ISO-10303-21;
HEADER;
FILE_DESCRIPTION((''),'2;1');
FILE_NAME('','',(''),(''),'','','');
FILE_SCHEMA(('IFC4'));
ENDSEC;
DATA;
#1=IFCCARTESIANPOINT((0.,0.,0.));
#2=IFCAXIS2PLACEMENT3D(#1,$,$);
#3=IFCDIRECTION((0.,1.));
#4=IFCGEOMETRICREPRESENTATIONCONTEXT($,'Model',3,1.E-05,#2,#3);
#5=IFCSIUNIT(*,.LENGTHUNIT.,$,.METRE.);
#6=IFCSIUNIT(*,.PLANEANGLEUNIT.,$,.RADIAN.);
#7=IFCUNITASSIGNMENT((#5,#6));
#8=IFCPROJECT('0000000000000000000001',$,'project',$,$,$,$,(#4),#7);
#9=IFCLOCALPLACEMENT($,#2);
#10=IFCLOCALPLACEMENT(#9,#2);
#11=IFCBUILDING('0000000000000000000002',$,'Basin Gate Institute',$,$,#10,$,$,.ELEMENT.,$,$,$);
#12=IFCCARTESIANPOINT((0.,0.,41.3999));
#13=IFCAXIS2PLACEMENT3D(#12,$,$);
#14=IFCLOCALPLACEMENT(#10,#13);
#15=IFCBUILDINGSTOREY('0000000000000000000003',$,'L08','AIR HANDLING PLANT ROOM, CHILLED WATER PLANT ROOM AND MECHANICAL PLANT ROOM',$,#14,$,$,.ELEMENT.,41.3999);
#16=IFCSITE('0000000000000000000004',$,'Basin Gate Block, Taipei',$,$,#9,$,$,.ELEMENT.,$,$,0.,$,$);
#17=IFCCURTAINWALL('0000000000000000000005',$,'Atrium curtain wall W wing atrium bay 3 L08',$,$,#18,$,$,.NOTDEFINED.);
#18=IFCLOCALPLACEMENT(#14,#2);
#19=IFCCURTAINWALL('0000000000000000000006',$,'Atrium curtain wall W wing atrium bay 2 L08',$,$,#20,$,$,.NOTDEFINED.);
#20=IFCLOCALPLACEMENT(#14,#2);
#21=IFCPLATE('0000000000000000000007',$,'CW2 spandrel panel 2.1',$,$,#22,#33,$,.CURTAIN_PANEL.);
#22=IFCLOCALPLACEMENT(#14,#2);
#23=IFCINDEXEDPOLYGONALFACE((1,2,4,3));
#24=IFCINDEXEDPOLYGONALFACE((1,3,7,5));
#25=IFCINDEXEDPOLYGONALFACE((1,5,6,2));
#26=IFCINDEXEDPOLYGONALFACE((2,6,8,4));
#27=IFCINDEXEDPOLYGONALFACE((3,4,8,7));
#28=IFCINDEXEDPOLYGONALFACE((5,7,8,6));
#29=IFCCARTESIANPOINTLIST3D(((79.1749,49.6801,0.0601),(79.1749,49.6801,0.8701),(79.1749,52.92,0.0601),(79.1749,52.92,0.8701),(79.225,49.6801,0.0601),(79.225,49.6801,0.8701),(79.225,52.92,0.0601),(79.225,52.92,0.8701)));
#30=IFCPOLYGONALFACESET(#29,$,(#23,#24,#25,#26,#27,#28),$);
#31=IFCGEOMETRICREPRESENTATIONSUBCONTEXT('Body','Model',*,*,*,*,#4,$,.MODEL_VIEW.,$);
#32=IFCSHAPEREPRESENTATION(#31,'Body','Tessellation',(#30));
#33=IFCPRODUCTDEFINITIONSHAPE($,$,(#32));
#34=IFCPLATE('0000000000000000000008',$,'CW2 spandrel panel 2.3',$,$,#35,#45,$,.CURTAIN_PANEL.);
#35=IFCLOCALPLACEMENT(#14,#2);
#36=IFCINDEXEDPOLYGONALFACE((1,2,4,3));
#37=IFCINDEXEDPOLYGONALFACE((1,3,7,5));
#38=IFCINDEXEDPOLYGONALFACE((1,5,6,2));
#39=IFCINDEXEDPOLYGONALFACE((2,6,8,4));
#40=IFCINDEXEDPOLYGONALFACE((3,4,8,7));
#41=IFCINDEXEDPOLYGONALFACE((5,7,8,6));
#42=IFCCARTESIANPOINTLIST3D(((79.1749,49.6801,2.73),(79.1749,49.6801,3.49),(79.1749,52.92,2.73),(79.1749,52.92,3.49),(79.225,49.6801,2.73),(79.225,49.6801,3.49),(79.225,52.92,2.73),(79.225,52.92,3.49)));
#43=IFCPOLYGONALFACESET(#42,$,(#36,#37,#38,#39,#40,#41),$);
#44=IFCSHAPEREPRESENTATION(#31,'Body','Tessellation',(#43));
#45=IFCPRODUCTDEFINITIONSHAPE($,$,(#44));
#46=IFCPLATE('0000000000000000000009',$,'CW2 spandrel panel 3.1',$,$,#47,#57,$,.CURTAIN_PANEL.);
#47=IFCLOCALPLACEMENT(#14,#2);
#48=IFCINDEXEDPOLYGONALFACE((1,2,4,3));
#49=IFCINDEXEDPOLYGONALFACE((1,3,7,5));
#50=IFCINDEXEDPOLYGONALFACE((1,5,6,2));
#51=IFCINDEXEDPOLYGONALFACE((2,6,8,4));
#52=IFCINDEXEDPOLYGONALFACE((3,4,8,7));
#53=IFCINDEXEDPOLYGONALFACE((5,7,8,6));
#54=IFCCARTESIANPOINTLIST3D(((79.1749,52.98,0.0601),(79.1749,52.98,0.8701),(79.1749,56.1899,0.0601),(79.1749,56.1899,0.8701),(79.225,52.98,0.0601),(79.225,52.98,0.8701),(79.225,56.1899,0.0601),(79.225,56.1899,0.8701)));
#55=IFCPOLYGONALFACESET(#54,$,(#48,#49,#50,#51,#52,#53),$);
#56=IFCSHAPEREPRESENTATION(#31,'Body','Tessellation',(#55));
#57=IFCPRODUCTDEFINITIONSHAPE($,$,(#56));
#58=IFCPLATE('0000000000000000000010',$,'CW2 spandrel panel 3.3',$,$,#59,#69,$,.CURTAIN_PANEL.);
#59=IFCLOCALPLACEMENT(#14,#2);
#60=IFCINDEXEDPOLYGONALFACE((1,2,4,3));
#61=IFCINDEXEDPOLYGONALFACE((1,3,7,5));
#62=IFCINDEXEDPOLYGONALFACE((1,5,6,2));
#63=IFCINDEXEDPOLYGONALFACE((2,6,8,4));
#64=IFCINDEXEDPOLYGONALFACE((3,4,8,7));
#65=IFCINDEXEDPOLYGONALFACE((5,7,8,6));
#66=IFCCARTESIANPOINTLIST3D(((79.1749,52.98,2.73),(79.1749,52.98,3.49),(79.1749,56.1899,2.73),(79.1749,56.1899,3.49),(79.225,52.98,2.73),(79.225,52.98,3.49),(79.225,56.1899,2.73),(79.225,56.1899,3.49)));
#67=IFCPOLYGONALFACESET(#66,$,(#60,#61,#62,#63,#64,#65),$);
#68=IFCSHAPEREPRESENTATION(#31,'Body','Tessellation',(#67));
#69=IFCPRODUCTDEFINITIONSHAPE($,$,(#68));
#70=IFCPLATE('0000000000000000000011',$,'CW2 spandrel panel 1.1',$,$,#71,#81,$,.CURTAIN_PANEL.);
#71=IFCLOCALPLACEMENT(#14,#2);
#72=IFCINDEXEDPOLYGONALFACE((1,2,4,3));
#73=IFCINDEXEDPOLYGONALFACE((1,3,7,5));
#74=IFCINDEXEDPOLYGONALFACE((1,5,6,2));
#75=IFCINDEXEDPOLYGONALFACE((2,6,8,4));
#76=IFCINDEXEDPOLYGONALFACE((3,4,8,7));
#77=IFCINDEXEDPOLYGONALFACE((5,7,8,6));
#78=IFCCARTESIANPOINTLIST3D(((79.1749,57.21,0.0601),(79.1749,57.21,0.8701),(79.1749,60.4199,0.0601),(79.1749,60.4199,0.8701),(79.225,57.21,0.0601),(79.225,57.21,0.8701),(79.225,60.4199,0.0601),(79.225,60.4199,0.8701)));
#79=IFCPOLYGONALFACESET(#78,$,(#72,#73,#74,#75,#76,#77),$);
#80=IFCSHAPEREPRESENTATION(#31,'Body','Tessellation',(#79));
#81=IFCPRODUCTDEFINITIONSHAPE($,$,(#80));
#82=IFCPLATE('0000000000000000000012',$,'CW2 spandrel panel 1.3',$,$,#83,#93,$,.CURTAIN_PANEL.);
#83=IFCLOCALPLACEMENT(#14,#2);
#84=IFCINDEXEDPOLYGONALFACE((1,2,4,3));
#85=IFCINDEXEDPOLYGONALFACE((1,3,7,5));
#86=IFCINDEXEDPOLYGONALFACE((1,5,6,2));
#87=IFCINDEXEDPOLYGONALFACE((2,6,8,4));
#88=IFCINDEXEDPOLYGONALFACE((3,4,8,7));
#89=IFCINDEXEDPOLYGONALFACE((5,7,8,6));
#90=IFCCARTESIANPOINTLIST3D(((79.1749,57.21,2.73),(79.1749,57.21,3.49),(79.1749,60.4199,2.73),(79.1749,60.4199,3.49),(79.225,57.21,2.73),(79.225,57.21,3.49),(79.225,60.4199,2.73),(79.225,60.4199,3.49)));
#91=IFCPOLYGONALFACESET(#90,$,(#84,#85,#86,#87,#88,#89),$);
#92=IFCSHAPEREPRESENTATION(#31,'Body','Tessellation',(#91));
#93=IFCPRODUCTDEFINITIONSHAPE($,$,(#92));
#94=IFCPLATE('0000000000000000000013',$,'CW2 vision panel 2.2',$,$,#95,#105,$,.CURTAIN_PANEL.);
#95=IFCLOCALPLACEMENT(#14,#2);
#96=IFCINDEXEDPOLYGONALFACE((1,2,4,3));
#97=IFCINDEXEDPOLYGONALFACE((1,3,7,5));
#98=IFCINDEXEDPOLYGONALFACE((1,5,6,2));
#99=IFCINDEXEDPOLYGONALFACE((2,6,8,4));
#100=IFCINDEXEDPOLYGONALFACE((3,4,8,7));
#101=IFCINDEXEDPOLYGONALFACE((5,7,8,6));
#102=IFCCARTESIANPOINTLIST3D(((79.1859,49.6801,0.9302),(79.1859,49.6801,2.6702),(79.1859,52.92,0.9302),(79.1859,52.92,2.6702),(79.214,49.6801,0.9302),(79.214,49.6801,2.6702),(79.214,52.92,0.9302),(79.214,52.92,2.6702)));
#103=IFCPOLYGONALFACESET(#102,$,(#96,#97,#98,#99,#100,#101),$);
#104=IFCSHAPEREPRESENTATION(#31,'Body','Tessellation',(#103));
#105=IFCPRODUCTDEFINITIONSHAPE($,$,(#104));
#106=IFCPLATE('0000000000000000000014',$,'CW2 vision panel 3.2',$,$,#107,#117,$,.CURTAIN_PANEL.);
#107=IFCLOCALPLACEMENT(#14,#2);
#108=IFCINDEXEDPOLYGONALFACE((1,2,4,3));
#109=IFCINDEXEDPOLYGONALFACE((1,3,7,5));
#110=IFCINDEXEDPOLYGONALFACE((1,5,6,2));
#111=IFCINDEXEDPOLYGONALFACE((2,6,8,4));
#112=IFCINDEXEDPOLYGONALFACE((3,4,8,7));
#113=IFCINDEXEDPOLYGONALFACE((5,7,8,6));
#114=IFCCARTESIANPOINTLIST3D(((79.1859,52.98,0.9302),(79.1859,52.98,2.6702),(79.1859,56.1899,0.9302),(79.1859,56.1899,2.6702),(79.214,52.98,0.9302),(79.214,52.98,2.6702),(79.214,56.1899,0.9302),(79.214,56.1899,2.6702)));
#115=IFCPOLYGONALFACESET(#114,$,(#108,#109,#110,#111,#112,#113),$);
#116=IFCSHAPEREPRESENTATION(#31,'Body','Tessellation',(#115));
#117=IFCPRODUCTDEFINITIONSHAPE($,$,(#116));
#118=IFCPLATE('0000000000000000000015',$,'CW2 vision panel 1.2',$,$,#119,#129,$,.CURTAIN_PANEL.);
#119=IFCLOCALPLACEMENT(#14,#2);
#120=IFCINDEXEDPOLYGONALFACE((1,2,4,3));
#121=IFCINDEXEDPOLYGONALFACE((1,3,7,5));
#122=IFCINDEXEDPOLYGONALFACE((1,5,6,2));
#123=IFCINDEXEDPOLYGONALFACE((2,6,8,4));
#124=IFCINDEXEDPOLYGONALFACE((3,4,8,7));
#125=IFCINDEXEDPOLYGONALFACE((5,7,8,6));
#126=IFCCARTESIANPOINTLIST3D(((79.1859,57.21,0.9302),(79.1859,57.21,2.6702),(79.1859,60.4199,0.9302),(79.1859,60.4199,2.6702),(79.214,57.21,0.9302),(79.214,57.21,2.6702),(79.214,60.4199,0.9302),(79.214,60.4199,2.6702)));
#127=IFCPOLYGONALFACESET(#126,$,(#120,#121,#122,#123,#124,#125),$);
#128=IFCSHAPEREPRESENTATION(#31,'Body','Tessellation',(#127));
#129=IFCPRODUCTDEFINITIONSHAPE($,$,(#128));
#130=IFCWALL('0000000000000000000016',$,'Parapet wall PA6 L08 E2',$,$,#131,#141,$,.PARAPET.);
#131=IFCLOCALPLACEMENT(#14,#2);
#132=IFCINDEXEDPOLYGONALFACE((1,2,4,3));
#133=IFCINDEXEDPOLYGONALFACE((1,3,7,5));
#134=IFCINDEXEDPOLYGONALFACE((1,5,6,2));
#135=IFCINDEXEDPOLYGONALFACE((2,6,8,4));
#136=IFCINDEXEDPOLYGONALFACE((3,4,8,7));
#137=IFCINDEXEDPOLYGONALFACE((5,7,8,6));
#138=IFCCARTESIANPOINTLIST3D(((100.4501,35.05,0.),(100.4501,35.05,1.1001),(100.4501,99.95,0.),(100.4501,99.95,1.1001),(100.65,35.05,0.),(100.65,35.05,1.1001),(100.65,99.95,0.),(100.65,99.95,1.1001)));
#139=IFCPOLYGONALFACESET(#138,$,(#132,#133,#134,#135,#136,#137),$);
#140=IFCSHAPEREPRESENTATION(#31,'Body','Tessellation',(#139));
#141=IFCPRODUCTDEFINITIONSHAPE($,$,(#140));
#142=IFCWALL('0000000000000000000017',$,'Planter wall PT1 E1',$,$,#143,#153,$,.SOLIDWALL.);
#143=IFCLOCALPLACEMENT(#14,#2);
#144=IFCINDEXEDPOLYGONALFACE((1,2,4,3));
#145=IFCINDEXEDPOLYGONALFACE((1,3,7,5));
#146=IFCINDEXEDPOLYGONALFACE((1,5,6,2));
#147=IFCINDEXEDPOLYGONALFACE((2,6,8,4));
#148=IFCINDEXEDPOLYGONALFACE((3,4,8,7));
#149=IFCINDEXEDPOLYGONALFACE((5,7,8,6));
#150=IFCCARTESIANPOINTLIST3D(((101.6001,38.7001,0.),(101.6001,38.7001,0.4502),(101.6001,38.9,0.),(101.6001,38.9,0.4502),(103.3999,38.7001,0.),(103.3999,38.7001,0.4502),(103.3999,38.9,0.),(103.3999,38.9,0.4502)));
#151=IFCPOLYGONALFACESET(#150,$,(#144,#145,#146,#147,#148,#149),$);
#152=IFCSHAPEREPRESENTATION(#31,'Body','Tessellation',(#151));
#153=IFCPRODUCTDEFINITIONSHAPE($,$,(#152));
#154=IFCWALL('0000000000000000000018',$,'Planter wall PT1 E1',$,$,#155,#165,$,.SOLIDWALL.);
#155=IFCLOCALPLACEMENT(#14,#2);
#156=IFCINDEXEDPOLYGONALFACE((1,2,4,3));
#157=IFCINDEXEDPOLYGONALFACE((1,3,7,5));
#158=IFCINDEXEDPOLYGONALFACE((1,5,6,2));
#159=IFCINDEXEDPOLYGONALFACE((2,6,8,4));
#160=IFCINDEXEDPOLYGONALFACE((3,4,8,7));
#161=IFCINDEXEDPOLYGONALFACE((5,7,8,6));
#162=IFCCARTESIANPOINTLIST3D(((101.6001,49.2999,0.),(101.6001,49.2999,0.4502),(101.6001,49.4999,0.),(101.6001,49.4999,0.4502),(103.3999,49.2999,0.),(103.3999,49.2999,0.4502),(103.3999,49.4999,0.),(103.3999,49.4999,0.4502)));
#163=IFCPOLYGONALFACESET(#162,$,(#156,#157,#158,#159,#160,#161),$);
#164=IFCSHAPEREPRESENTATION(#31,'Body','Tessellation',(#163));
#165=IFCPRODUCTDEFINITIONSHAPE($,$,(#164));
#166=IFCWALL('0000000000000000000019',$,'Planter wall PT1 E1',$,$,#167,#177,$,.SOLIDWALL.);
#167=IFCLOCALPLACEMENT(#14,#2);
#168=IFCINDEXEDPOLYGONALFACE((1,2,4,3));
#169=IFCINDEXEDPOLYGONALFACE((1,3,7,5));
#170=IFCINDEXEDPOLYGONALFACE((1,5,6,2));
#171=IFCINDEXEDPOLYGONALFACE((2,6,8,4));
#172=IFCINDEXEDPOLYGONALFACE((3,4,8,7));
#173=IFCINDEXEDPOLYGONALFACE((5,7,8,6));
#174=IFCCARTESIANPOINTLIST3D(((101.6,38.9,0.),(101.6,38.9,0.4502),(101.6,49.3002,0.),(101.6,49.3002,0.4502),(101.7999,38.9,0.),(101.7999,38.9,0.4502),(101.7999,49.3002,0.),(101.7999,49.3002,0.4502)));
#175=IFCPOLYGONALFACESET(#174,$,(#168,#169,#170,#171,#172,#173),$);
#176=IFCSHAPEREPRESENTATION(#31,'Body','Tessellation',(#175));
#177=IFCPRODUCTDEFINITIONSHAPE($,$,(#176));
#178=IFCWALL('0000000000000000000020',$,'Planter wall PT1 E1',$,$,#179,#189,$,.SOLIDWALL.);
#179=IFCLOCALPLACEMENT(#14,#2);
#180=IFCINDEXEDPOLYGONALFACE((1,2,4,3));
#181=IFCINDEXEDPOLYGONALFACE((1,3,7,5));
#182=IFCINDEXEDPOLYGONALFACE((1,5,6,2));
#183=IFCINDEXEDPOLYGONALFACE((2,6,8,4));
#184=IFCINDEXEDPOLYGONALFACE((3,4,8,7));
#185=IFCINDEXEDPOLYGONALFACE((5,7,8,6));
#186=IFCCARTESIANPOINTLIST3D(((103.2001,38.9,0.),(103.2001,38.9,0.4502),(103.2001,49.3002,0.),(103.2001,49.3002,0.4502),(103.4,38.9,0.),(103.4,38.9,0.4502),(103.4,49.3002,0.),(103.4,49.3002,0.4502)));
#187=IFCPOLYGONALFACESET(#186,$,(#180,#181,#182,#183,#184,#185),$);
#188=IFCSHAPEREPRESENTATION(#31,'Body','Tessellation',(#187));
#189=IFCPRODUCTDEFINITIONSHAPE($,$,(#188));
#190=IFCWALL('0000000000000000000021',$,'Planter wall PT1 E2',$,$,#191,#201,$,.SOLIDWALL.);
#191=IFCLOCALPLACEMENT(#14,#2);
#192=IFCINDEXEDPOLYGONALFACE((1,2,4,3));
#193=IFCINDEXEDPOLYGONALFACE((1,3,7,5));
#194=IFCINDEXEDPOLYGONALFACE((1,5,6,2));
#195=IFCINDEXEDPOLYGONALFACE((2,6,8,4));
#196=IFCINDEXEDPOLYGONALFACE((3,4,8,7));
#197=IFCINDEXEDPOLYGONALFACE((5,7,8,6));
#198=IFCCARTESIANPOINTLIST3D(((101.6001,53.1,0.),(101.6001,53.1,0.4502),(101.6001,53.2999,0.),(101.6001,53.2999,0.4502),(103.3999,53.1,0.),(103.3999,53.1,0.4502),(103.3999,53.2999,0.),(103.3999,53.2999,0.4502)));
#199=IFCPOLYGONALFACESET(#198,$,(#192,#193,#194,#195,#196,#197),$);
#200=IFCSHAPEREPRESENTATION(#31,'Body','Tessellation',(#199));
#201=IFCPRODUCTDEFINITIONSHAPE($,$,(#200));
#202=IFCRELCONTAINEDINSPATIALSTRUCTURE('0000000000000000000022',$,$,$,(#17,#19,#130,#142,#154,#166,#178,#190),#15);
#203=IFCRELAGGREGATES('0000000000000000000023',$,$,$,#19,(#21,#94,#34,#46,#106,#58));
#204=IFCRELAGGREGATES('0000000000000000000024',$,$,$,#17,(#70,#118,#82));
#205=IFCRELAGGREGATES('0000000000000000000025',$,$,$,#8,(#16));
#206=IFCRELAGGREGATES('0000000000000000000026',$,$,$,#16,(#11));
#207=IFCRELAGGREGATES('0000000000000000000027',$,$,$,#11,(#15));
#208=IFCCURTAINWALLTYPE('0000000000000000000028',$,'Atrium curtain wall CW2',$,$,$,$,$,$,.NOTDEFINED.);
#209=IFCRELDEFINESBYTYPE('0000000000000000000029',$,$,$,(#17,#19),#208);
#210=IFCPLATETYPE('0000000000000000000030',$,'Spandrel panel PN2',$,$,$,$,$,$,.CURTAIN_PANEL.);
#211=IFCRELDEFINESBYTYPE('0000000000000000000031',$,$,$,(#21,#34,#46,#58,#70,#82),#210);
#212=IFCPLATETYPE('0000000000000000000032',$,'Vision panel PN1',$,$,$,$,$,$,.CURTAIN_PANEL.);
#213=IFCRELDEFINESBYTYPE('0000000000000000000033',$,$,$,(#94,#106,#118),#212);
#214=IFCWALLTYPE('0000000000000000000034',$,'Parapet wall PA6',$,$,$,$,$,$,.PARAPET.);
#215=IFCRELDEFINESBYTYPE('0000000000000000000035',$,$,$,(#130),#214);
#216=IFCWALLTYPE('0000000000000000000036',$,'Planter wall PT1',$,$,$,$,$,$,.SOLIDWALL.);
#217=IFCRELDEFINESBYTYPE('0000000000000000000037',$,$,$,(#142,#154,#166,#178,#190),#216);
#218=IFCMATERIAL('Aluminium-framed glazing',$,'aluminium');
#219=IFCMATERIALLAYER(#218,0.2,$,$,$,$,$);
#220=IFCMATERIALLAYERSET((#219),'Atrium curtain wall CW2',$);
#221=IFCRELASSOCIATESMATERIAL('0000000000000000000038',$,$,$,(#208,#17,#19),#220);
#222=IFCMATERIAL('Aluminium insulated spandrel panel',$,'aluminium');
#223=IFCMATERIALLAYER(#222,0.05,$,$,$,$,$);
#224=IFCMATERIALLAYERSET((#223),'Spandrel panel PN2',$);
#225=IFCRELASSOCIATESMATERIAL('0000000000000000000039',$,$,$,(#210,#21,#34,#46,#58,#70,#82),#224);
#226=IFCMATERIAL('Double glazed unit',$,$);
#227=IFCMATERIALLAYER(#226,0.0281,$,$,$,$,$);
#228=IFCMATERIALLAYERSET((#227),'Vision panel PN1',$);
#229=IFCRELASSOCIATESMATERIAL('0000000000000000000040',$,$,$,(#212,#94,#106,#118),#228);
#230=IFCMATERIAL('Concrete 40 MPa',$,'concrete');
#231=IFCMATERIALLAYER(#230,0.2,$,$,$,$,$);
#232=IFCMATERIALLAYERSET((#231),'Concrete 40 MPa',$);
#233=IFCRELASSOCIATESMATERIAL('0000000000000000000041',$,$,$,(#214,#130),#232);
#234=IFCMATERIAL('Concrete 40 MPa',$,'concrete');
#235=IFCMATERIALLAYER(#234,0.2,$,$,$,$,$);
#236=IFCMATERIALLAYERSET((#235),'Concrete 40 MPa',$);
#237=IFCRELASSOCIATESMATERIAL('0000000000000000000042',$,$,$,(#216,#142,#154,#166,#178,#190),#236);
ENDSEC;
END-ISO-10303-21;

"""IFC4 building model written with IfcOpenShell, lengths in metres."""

from ifc_helpers import new_model, si_unit, direction, frame, frame_2d, origin, origin_2d, place, context, subcontext, project, spatial, rectangle, extrude, material, layer, layer_set, type_object, element, aggregate, save


model = new_model("IFC4")

# Units and contexts
model_context = context("Model", 3, precision=1e-05, world=origin(), true_north=direction((0.0, 1.0)))
body_context = subcontext(model_context, "Body", "Model", "MODEL_VIEW")
ifc_project = project(units=[si_unit("LENGTHUNIT", "METRE"), si_unit("PLANEANGLEUNIT", "RADIAN")], contexts=[model_context])

# Site, building, storey
site_placement = place(None, origin())
site = spatial("IfcSite", under=ifc_project, at=site_placement, Name="Basin Gate Block, Taipei", CompositionType="ELEMENT", RefElevation=0.0)
building_placement = place(site_placement, origin())
building = spatial("IfcBuilding", under=site, at=building_placement, Name="Basin Gate Institute", CompositionType="ELEMENT")
storey_placement = place(building_placement, frame((0.0, 0.0, 41.3999)))
storey = spatial("IfcBuildingStorey", under=building, at=storey_placement, Name="L08", Description="AIR HANDLING PLANT ROOM, CHILLED WATER PLANT ROOM AND MECHANICAL PLANT ROOM", CompositionType="ELEMENT", Elevation=41.3999)

# Curtain wall
ifc_material_1 = material(Name="Aluminium-framed glazing", Category="aluminium")
ifc_layer_1 = layer(ifc_material_1, 0.2)
ifc_layer_set_1 = layer_set([ifc_layer_1], Name="Atrium curtain wall CW2")
curtain_wall_type = type_object("IfcCurtainWallType", Name="Atrium curtain wall CW2", PredefinedType="NOTDEFINED", material=ifc_layer_set_1)
curtain_wall_1_placement = place(storey_placement, origin())
curtain_wall_1 = element("IfcCurtainWall", 1, at=curtain_wall_1_placement, inside=storey, type_object=curtain_wall_type, material=ifc_layer_set_1, Name="Atrium curtain wall W wing atrium bay 3 L08", PredefinedType="NOTDEFINED")

# Curtain wall
curtain_wall_2_placement = place(storey_placement, origin())
curtain_wall_2 = element("IfcCurtainWall", 2, at=curtain_wall_2_placement, inside=storey, type_object=curtain_wall_type, material=ifc_layer_set_1, Name="Atrium curtain wall W wing atrium bay 2 L08", PredefinedType="NOTDEFINED")

# Plates
ifc_material_2 = material(Name="Aluminium insulated spandrel panel", Category="aluminium")
ifc_layer_2 = layer(ifc_material_2, 0.05)
ifc_layer_set_2 = layer_set([ifc_layer_2], Name="Spandrel panel PN2")
plate_type_1 = type_object("IfcPlateType", Name="Spandrel panel PN2", PredefinedType="CURTAIN_PANEL", material=ifc_layer_set_2)
plate_1_placement = place(storey_placement, frame((79.2, 51.3, 0.0601), z_axis=(0.0, 0.0, 1.0), x_axis=(0.0, 1.0, 0.0)))
plate_1 = element("IfcPlate", 3, at=plate_1_placement, type_object=plate_type_1, material=ifc_layer_set_2, Name="CW2 spandrel panel 2.1", PredefinedType="CURTAIN_PANEL", context=body_context, shape_type="SweptSolid", body=[
    extrude(rectangle(XDim=3.24, YDim=0.05, at=origin_2d()), origin(), (0.0, 0.0, 1.0), 0.8101),
])
plate_2_placement = place(storey_placement, frame((79.2, 51.3, 2.73), z_axis=(0.0, 0.0, 1.0), x_axis=(0.0, 1.0, 0.0)))
plate_2 = element("IfcPlate", 4, at=plate_2_placement, type_object=plate_type_1, material=ifc_layer_set_2, Name="CW2 spandrel panel 2.3", PredefinedType="CURTAIN_PANEL", context=body_context, shape_type="SweptSolid", body=[
    extrude(rectangle(XDim=3.24, YDim=0.05, at=origin_2d()), origin(), (0.0, 0.0, 1.0), 0.76),
])
plate_3_placement = place(storey_placement, frame((79.2, 54.585, 0.0601), z_axis=(0.0, 0.0, 1.0), x_axis=(0.0, 1.0, 0.0)))
plate_3 = element("IfcPlate", 5, at=plate_3_placement, type_object=plate_type_1, material=ifc_layer_set_2, Name="CW2 spandrel panel 3.1", PredefinedType="CURTAIN_PANEL", context=body_context, shape_type="SweptSolid", body=[
    extrude(rectangle(XDim=3.21, YDim=0.05, at=origin_2d()), origin(), (0.0, 0.0, 1.0), 0.8101),
])
plate_4_placement = place(storey_placement, frame((79.2, 54.585, 2.73), z_axis=(0.0, 0.0, 1.0), x_axis=(0.0, 1.0, 0.0)))
plate_4 = element("IfcPlate", 6, at=plate_4_placement, type_object=plate_type_1, material=ifc_layer_set_2, Name="CW2 spandrel panel 3.3", PredefinedType="CURTAIN_PANEL", context=body_context, shape_type="SweptSolid", body=[
    extrude(rectangle(XDim=3.21, YDim=0.05, at=origin_2d()), origin(), (0.0, 0.0, 1.0), 0.76),
])
plate_5_placement = place(storey_placement, frame((79.2, 58.8149, 0.0601), z_axis=(0.0, 0.0, 1.0), x_axis=(0.0, 1.0, 0.0)))
plate_5 = element("IfcPlate", 7, at=plate_5_placement, type_object=plate_type_1, material=ifc_layer_set_2, Name="CW2 spandrel panel 1.1", PredefinedType="CURTAIN_PANEL", context=body_context, shape_type="SweptSolid", body=[
    extrude(rectangle(XDim=3.21, YDim=0.05, at=origin_2d()), origin(), (0.0, 0.0, 1.0), 0.8101),
])
plate_6_placement = place(storey_placement, frame((79.2, 58.8149, 2.73), z_axis=(0.0, 0.0, 1.0), x_axis=(0.0, 1.0, 0.0)))
plate_6 = element("IfcPlate", 8, at=plate_6_placement, type_object=plate_type_1, material=ifc_layer_set_2, Name="CW2 spandrel panel 1.3", PredefinedType="CURTAIN_PANEL", context=body_context, shape_type="SweptSolid", body=[
    extrude(rectangle(XDim=3.21, YDim=0.05, at=origin_2d()), origin(), (0.0, 0.0, 1.0), 0.76),
])
ifc_material_3 = material(Name="Double glazed unit")
ifc_layer_3 = layer(ifc_material_3, 0.0281)
ifc_layer_set_3 = layer_set([ifc_layer_3], Name="Vision panel PN1")
plate_type_2 = type_object("IfcPlateType", Name="Vision panel PN1", PredefinedType="CURTAIN_PANEL", material=ifc_layer_set_3)
plate_7_placement = place(storey_placement, frame((79.2, 51.3, 0.9302), z_axis=(0.0, 0.0, 1.0), x_axis=(0.0, 1.0, 0.0)))
plate_7 = element("IfcPlate", 9, at=plate_7_placement, type_object=plate_type_2, material=ifc_layer_set_3, Name="CW2 vision panel 2.2", PredefinedType="CURTAIN_PANEL", context=body_context, shape_type="SweptSolid", body=[
    extrude(rectangle(XDim=3.24, YDim=0.0281, at=origin_2d()), origin(), (0.0, 0.0, 1.0), 1.74),
])
plate_8_placement = place(storey_placement, frame((79.2, 54.585, 0.9302), z_axis=(0.0, 0.0, 1.0), x_axis=(0.0, 1.0, 0.0)))
plate_8 = element("IfcPlate", 10, at=plate_8_placement, type_object=plate_type_2, material=ifc_layer_set_3, Name="CW2 vision panel 3.2", PredefinedType="CURTAIN_PANEL", context=body_context, shape_type="SweptSolid", body=[
    extrude(rectangle(XDim=3.21, YDim=0.0281, at=origin_2d()), origin(), (0.0, 0.0, 1.0), 1.74),
])
aggregate(curtain_wall_2, [plate_1, plate_7, plate_2, plate_3, plate_8, plate_4])
plate_9_placement = place(storey_placement, frame((79.2, 58.8149, 0.9302), z_axis=(0.0, 0.0, 1.0), x_axis=(0.0, 1.0, 0.0)))
plate_9 = element("IfcPlate", 11, at=plate_9_placement, type_object=plate_type_2, material=ifc_layer_set_3, Name="CW2 vision panel 1.2", PredefinedType="CURTAIN_PANEL", context=body_context, shape_type="SweptSolid", body=[
    extrude(rectangle(XDim=3.21, YDim=0.0281, at=origin_2d()), origin(), (0.0, 0.0, 1.0), 1.74),
])
aggregate(curtain_wall_1, [plate_5, plate_9, plate_6])

# Walls
ifc_material_4 = material(Name="Concrete 40 MPa", Category="concrete")
ifc_layer_4 = layer(ifc_material_4, 0.2)
ifc_layer_set_4 = layer_set([ifc_layer_4], Name="Concrete 40 MPa")
wall_type_1 = type_object("IfcWallType", Name="Parapet wall PA6", PredefinedType="PARAPET", material=ifc_layer_set_4)
wall_1_placement = place(storey_placement, frame((100.55, 35.05, 0.0), z_axis=(0.0, 0.0, 1.0), x_axis=(0.0, 1.0, 0.0)))
element("IfcWall", 12, at=wall_1_placement, inside=storey, type_object=wall_type_1, material=ifc_layer_set_4, Name="Parapet wall PA6 L08 E2", PredefinedType="PARAPET", context=body_context, shape_type="SweptSolid", body=[
    extrude(rectangle(XDim=64.8999, YDim=0.2, at=frame_2d((32.45, 0.0))), origin(), (0.0, 0.0, 1.0), 1.1001),
])
ifc_material_5 = material(Name="Concrete 40 MPa", Category="concrete")
ifc_layer_5 = layer(ifc_material_5, 0.2)
ifc_layer_set_5 = layer_set([ifc_layer_5], Name="Concrete 40 MPa")
wall_type_2 = type_object("IfcWallType", Name="Planter wall PT1", PredefinedType="SOLIDWALL", material=ifc_layer_set_5)
for number, where, z_axis, x_axis, name in (
    (13, (101.6001, 38.8, 0.0), (0.0, 0.0, 1.0), (1.0, 0.0, 0.0), "Planter wall PT1 E1"),
    (14, (101.6001, 49.3999, 0.0), (0.0, 0.0, 1.0), (1.0, 0.0, 0.0), "Planter wall PT1 E1"),
):
    element("IfcWall", number, at=place(storey_placement, frame(where, z_axis=z_axis, x_axis=x_axis)), inside=storey, type_object=wall_type_2, material=ifc_layer_set_5, Name=name, PredefinedType="SOLIDWALL", context=body_context, shape_type="SweptSolid", body=[
        extrude(rectangle(XDim=1.7998, YDim=0.2, at=frame_2d((0.8999, 0.0))), origin(), (0.0, 0.0, 1.0), 0.4502),
    ])
for number, where, z_axis, x_axis, name in (
    (15, (101.7, 38.8999, 0.0), (0.0, 0.0, 1.0), (0.0, 1.0, 0.0), "Planter wall PT1 E1"),
    (16, (103.3, 38.8999, 0.0), (0.0, 0.0, 1.0), (0.0, 1.0, 0.0), "Planter wall PT1 E1"),
):
    element("IfcWall", number, at=place(storey_placement, frame(where, z_axis=z_axis, x_axis=x_axis)), inside=storey, type_object=wall_type_2, material=ifc_layer_set_5, Name=name, PredefinedType="SOLIDWALL", context=body_context, shape_type="SweptSolid", body=[
        extrude(rectangle(XDim=10.4001, YDim=0.2, at=frame_2d((5.2002, 0.0))), origin(), (0.0, 0.0, 1.0), 0.4502),
    ])
wall_2_placement = place(storey_placement, frame((101.6001, 53.2, 0.0), z_axis=(0.0, 0.0, 1.0), x_axis=(1.0, 0.0, 0.0)))
element("IfcWall", 17, at=wall_2_placement, inside=storey, type_object=wall_type_2, material=ifc_layer_set_5, Name="Planter wall PT1 E2", PredefinedType="SOLIDWALL", context=body_context, shape_type="SweptSolid", body=[
    extrude(rectangle(XDim=1.7998, YDim=0.2, at=frame_2d((0.8999, 0.0))), origin(), (0.0, 0.0, 1.0), 0.4502),
])

save(model, "model.ifc")
